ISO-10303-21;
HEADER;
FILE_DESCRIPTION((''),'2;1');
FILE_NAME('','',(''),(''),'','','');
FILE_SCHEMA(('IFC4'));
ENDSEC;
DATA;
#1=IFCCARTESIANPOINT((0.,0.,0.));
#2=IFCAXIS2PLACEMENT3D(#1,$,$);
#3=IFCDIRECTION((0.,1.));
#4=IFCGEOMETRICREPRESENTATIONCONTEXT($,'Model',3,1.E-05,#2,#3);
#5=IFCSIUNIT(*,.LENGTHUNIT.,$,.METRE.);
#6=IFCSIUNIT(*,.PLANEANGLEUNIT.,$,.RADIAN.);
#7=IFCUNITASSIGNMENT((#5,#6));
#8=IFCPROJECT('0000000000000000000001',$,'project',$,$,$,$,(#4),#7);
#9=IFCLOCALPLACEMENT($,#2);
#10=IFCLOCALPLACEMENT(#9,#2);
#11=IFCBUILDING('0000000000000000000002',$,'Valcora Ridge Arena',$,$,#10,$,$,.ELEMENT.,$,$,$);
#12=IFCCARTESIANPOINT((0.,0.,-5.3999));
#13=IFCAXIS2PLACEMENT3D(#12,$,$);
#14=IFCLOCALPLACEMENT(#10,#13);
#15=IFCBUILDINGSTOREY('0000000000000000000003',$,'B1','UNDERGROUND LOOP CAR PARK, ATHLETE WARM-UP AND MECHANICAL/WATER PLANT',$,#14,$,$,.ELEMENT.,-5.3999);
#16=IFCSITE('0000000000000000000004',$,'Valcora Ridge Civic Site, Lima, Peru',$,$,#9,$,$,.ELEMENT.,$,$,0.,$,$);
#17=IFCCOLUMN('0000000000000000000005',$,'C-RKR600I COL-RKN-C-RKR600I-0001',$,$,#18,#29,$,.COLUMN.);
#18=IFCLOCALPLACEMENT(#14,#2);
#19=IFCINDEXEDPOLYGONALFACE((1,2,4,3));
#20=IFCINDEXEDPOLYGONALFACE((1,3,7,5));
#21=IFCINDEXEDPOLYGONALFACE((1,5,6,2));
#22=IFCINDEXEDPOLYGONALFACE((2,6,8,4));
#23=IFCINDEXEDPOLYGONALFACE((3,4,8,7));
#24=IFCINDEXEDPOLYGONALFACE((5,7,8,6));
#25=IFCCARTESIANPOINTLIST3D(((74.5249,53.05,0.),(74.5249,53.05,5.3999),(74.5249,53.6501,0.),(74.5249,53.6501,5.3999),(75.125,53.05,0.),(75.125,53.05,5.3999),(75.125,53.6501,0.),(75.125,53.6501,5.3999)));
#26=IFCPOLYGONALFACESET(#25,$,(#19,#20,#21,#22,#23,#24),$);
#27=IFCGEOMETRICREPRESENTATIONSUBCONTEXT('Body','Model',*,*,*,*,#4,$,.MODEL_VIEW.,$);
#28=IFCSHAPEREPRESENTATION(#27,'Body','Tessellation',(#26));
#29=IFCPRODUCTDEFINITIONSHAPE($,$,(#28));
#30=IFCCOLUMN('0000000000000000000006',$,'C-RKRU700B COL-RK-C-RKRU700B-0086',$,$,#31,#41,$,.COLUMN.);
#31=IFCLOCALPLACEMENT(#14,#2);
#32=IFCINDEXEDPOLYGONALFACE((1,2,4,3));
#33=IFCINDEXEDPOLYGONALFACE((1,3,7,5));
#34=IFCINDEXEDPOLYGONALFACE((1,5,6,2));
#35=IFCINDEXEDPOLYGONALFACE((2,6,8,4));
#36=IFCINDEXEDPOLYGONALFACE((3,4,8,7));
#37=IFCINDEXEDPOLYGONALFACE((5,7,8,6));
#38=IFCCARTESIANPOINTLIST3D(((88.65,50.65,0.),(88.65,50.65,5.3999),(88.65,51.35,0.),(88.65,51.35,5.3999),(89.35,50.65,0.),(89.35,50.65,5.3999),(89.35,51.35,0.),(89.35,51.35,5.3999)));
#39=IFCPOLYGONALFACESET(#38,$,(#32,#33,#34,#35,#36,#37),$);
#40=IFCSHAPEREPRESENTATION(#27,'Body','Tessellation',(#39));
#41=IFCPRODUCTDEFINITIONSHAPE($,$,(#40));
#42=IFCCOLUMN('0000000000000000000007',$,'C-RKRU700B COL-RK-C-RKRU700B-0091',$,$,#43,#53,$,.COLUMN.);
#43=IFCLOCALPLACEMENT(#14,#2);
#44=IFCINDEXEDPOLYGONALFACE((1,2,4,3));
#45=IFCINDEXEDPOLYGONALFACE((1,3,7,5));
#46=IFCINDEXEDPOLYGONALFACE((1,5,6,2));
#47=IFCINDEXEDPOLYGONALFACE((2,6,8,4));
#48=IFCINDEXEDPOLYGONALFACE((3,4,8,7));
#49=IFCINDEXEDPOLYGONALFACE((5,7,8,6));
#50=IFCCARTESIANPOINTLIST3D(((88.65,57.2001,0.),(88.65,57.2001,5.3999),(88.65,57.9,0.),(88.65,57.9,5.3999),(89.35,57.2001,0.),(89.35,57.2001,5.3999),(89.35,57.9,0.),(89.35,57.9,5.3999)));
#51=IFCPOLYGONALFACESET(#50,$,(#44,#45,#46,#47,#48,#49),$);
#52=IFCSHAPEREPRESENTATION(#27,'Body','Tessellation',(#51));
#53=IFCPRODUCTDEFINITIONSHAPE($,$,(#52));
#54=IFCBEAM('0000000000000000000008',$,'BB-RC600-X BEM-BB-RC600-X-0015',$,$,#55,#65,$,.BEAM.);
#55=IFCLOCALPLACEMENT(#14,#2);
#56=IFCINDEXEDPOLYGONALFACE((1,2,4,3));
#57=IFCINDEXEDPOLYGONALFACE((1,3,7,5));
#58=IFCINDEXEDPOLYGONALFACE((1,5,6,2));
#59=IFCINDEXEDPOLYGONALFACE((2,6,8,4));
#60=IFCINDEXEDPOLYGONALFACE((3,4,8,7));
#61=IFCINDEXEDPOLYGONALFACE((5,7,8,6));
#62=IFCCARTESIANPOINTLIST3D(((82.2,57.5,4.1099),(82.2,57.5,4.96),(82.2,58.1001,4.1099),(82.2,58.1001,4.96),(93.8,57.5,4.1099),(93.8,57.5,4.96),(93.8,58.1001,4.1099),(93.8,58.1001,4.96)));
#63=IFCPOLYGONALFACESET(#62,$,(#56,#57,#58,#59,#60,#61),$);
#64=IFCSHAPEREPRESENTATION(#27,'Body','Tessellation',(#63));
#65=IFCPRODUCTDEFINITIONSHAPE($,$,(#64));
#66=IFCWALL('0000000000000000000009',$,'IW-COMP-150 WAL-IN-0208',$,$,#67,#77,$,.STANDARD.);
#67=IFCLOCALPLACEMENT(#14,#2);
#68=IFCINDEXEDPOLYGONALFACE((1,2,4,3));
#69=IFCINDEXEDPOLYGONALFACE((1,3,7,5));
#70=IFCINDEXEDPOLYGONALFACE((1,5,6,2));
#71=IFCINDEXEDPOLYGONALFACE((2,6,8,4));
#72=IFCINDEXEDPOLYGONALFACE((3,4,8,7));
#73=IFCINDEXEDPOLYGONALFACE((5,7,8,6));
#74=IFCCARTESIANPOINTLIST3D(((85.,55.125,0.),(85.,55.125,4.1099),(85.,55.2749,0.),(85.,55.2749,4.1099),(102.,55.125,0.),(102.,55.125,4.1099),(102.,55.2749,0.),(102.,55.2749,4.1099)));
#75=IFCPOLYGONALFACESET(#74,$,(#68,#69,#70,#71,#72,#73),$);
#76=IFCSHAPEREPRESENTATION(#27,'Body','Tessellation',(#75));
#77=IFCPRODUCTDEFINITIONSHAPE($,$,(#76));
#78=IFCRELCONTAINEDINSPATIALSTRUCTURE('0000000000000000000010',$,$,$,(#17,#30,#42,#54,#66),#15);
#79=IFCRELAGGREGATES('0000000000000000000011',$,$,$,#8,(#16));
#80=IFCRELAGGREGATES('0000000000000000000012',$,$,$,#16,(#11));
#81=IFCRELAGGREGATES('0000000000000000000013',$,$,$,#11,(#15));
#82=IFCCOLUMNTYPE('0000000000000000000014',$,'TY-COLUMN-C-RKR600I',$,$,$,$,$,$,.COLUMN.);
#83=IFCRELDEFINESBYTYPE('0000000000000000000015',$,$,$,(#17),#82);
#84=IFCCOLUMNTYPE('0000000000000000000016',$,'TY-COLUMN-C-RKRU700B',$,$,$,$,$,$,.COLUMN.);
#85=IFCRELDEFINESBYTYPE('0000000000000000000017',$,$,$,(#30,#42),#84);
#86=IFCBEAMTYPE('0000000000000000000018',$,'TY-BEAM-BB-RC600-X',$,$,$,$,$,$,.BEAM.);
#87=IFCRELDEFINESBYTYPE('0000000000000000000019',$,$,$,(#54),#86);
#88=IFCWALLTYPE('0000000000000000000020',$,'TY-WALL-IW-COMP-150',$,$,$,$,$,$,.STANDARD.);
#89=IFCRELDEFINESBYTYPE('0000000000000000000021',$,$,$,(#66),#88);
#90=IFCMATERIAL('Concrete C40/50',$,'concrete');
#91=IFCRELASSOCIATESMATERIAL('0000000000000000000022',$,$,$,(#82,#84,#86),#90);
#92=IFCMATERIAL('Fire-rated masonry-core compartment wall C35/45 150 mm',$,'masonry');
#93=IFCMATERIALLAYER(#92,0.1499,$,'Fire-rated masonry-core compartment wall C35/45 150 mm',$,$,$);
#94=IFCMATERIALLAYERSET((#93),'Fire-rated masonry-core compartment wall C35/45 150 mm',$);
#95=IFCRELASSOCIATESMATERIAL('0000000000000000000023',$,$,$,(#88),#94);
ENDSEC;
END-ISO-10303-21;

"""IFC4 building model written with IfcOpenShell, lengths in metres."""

from ifc_helpers import new_model, si_unit, direction, frame, frame_2d, origin, origin_2d, place, context, subcontext, project, spatial, rectangle, extrude, material, layer, layer_set, material_profile, profile_set, type_object, element, save


model = new_model("IFC4")

# Units and contexts
model_context = context("Model", 3, precision=1e-05, world=origin(), true_north=direction((0.0, 1.0)))
body_context = subcontext(model_context, "Body", "Model", "MODEL_VIEW")
ifc_project = project(units=[si_unit("LENGTHUNIT", "METRE"), si_unit("PLANEANGLEUNIT", "RADIAN")], contexts=[model_context])

# Site, building, storey
site_placement = place(None, origin())
site = spatial("IfcSite", under=ifc_project, at=site_placement, Name="Valcora Ridge Civic Site, Lima, Peru", CompositionType="ELEMENT", RefElevation=0.0)
building_placement = place(site_placement, origin())
building = spatial("IfcBuilding", under=site, at=building_placement, Name="Valcora Ridge Arena", CompositionType="ELEMENT")
storey_placement = place(building_placement, frame((0.0, 0.0, -5.3999)))
storey = spatial("IfcBuildingStorey", under=building, at=storey_placement, Name="B1", Description="UNDERGROUND LOOP CAR PARK, ATHLETE WARM-UP AND MECHANICAL/WATER PLANT", CompositionType="ELEMENT", Elevation=-5.3999)

# Shared definitions
ifc_material_1 = material(Name="Concrete C40/50", Category="concrete")

# Columns
ifc_material_profile_1 = material_profile(ifc_material_1, rectangle(XDim=0.6001, YDim=0.6001, at=origin_2d()), Name="RC 600x600")
ifc_profile_set_1 = profile_set([ifc_material_profile_1], Name="Concrete C40/50")
column_type_1 = type_object("IfcColumnType", Name="TY-COLUMN-C-RKR600I", PredefinedType="COLUMN", material=ifc_profile_set_1)
for number, where, z_axis, x_axis, name in (
    (1, (74.825, 53.3501, 0.0), (0.0, 0.0, 1.0), (1.0, 0.0, 0.0), "C-RKR600I COL-RKN-C-RKR600I-0001"),
):
    element("IfcColumn", number, at=place(storey_placement, frame(where, z_axis=z_axis, x_axis=x_axis)), inside=storey, type_object=column_type_1, Name=name, PredefinedType="COLUMN", context=body_context, shape_type="SweptSolid", body=[
        extrude(rectangle(XDim=0.6001, YDim=0.6001, at=origin_2d()), origin(), (0.0, 0.0, 1.0), 5.3999),
    ])
ifc_material_profile_2 = material_profile(ifc_material_1, rectangle(XDim=0.7, YDim=0.7, at=origin_2d()), Name="RC 700x700")
ifc_profile_set_2 = profile_set([ifc_material_profile_2], Name="Concrete C40/50")
column_type_2 = type_object("IfcColumnType", Name="TY-COLUMN-C-RKRU700B", PredefinedType="COLUMN", material=ifc_profile_set_2)
for number, where, z_axis, x_axis, name in (
    (2, (89.0, 51.0, 0.0), (0.0, 0.0, 1.0), (1.0, 0.0, 0.0), "C-RKRU700B COL-RK-C-RKRU700B-0086"),
    (3, (89.0, 57.55, 0.0), (0.0, 0.0, 1.0), (1.0, 0.0, 0.0), "C-RKRU700B COL-RK-C-RKRU700B-0091"),
):
    element("IfcColumn", number, at=place(storey_placement, frame(where, z_axis=z_axis, x_axis=x_axis)), inside=storey, type_object=column_type_2, Name=name, PredefinedType="COLUMN", context=body_context, shape_type="SweptSolid", body=[
        extrude(rectangle(XDim=0.7, YDim=0.7, at=origin_2d()), origin(), (0.0, 0.0, 1.0), 5.3999),
    ])

# Beam
ifc_material_profile_3 = material_profile(ifc_material_1, rectangle(XDim=0.6001, YDim=0.8501, at=origin_2d()), Name="RC 600x850")
ifc_profile_set_3 = profile_set([ifc_material_profile_3], Name="Concrete C40/50")
beam_type = type_object("IfcBeamType", Name="TY-BEAM-BB-RC600-X", PredefinedType="BEAM", material=ifc_profile_set_3)
beam_placement = place(storey_placement, frame((82.2, 57.8, 4.5349), z_axis=(1.0, 0.0, 0.0), x_axis=(0.0, 1.0, 0.0)))
element("IfcBeam", 4, at=beam_placement, inside=storey, type_object=beam_type, Name="BB-RC600-X BEM-BB-RC600-X-0015", PredefinedType="BEAM", context=body_context, shape_type="SweptSolid", body=[
    extrude(rectangle(XDim=0.6001, YDim=0.8501, at=origin_2d()), origin(), (0.0, 0.0, 1.0), 11.6001),
])

# Wall
ifc_material_2 = material(Name="Fire-rated masonry-core compartment wall C35/45 150 mm", Category="masonry")
ifc_layer_1 = layer(ifc_material_2, 0.1499, Name="Fire-rated masonry-core compartment wall C35/45 150 mm")
ifc_layer_set_1 = layer_set([ifc_layer_1], Name="Fire-rated masonry-core compartment wall C35/45 150 mm")
wall_type = type_object("IfcWallType", Name="TY-WALL-IW-COMP-150", PredefinedType="STANDARD", material=ifc_layer_set_1)
wall_placement = place(storey_placement, frame((85.0, 55.2, 0.0), z_axis=(0.0, 0.0, 1.0), x_axis=(1.0, 0.0, 0.0)))
element("IfcWall", 5, at=wall_placement, inside=storey, type_object=wall_type, Name="IW-COMP-150 WAL-IN-0208", PredefinedType="STANDARD", context=body_context, shape_type="SweptSolid", body=[
    extrude(rectangle(XDim=17.0, YDim=0.1499, at=frame_2d((8.5, 0.0))), origin(), (0.0, 0.0, 1.0), 4.1099),
])

save(model, "model.ifc")
